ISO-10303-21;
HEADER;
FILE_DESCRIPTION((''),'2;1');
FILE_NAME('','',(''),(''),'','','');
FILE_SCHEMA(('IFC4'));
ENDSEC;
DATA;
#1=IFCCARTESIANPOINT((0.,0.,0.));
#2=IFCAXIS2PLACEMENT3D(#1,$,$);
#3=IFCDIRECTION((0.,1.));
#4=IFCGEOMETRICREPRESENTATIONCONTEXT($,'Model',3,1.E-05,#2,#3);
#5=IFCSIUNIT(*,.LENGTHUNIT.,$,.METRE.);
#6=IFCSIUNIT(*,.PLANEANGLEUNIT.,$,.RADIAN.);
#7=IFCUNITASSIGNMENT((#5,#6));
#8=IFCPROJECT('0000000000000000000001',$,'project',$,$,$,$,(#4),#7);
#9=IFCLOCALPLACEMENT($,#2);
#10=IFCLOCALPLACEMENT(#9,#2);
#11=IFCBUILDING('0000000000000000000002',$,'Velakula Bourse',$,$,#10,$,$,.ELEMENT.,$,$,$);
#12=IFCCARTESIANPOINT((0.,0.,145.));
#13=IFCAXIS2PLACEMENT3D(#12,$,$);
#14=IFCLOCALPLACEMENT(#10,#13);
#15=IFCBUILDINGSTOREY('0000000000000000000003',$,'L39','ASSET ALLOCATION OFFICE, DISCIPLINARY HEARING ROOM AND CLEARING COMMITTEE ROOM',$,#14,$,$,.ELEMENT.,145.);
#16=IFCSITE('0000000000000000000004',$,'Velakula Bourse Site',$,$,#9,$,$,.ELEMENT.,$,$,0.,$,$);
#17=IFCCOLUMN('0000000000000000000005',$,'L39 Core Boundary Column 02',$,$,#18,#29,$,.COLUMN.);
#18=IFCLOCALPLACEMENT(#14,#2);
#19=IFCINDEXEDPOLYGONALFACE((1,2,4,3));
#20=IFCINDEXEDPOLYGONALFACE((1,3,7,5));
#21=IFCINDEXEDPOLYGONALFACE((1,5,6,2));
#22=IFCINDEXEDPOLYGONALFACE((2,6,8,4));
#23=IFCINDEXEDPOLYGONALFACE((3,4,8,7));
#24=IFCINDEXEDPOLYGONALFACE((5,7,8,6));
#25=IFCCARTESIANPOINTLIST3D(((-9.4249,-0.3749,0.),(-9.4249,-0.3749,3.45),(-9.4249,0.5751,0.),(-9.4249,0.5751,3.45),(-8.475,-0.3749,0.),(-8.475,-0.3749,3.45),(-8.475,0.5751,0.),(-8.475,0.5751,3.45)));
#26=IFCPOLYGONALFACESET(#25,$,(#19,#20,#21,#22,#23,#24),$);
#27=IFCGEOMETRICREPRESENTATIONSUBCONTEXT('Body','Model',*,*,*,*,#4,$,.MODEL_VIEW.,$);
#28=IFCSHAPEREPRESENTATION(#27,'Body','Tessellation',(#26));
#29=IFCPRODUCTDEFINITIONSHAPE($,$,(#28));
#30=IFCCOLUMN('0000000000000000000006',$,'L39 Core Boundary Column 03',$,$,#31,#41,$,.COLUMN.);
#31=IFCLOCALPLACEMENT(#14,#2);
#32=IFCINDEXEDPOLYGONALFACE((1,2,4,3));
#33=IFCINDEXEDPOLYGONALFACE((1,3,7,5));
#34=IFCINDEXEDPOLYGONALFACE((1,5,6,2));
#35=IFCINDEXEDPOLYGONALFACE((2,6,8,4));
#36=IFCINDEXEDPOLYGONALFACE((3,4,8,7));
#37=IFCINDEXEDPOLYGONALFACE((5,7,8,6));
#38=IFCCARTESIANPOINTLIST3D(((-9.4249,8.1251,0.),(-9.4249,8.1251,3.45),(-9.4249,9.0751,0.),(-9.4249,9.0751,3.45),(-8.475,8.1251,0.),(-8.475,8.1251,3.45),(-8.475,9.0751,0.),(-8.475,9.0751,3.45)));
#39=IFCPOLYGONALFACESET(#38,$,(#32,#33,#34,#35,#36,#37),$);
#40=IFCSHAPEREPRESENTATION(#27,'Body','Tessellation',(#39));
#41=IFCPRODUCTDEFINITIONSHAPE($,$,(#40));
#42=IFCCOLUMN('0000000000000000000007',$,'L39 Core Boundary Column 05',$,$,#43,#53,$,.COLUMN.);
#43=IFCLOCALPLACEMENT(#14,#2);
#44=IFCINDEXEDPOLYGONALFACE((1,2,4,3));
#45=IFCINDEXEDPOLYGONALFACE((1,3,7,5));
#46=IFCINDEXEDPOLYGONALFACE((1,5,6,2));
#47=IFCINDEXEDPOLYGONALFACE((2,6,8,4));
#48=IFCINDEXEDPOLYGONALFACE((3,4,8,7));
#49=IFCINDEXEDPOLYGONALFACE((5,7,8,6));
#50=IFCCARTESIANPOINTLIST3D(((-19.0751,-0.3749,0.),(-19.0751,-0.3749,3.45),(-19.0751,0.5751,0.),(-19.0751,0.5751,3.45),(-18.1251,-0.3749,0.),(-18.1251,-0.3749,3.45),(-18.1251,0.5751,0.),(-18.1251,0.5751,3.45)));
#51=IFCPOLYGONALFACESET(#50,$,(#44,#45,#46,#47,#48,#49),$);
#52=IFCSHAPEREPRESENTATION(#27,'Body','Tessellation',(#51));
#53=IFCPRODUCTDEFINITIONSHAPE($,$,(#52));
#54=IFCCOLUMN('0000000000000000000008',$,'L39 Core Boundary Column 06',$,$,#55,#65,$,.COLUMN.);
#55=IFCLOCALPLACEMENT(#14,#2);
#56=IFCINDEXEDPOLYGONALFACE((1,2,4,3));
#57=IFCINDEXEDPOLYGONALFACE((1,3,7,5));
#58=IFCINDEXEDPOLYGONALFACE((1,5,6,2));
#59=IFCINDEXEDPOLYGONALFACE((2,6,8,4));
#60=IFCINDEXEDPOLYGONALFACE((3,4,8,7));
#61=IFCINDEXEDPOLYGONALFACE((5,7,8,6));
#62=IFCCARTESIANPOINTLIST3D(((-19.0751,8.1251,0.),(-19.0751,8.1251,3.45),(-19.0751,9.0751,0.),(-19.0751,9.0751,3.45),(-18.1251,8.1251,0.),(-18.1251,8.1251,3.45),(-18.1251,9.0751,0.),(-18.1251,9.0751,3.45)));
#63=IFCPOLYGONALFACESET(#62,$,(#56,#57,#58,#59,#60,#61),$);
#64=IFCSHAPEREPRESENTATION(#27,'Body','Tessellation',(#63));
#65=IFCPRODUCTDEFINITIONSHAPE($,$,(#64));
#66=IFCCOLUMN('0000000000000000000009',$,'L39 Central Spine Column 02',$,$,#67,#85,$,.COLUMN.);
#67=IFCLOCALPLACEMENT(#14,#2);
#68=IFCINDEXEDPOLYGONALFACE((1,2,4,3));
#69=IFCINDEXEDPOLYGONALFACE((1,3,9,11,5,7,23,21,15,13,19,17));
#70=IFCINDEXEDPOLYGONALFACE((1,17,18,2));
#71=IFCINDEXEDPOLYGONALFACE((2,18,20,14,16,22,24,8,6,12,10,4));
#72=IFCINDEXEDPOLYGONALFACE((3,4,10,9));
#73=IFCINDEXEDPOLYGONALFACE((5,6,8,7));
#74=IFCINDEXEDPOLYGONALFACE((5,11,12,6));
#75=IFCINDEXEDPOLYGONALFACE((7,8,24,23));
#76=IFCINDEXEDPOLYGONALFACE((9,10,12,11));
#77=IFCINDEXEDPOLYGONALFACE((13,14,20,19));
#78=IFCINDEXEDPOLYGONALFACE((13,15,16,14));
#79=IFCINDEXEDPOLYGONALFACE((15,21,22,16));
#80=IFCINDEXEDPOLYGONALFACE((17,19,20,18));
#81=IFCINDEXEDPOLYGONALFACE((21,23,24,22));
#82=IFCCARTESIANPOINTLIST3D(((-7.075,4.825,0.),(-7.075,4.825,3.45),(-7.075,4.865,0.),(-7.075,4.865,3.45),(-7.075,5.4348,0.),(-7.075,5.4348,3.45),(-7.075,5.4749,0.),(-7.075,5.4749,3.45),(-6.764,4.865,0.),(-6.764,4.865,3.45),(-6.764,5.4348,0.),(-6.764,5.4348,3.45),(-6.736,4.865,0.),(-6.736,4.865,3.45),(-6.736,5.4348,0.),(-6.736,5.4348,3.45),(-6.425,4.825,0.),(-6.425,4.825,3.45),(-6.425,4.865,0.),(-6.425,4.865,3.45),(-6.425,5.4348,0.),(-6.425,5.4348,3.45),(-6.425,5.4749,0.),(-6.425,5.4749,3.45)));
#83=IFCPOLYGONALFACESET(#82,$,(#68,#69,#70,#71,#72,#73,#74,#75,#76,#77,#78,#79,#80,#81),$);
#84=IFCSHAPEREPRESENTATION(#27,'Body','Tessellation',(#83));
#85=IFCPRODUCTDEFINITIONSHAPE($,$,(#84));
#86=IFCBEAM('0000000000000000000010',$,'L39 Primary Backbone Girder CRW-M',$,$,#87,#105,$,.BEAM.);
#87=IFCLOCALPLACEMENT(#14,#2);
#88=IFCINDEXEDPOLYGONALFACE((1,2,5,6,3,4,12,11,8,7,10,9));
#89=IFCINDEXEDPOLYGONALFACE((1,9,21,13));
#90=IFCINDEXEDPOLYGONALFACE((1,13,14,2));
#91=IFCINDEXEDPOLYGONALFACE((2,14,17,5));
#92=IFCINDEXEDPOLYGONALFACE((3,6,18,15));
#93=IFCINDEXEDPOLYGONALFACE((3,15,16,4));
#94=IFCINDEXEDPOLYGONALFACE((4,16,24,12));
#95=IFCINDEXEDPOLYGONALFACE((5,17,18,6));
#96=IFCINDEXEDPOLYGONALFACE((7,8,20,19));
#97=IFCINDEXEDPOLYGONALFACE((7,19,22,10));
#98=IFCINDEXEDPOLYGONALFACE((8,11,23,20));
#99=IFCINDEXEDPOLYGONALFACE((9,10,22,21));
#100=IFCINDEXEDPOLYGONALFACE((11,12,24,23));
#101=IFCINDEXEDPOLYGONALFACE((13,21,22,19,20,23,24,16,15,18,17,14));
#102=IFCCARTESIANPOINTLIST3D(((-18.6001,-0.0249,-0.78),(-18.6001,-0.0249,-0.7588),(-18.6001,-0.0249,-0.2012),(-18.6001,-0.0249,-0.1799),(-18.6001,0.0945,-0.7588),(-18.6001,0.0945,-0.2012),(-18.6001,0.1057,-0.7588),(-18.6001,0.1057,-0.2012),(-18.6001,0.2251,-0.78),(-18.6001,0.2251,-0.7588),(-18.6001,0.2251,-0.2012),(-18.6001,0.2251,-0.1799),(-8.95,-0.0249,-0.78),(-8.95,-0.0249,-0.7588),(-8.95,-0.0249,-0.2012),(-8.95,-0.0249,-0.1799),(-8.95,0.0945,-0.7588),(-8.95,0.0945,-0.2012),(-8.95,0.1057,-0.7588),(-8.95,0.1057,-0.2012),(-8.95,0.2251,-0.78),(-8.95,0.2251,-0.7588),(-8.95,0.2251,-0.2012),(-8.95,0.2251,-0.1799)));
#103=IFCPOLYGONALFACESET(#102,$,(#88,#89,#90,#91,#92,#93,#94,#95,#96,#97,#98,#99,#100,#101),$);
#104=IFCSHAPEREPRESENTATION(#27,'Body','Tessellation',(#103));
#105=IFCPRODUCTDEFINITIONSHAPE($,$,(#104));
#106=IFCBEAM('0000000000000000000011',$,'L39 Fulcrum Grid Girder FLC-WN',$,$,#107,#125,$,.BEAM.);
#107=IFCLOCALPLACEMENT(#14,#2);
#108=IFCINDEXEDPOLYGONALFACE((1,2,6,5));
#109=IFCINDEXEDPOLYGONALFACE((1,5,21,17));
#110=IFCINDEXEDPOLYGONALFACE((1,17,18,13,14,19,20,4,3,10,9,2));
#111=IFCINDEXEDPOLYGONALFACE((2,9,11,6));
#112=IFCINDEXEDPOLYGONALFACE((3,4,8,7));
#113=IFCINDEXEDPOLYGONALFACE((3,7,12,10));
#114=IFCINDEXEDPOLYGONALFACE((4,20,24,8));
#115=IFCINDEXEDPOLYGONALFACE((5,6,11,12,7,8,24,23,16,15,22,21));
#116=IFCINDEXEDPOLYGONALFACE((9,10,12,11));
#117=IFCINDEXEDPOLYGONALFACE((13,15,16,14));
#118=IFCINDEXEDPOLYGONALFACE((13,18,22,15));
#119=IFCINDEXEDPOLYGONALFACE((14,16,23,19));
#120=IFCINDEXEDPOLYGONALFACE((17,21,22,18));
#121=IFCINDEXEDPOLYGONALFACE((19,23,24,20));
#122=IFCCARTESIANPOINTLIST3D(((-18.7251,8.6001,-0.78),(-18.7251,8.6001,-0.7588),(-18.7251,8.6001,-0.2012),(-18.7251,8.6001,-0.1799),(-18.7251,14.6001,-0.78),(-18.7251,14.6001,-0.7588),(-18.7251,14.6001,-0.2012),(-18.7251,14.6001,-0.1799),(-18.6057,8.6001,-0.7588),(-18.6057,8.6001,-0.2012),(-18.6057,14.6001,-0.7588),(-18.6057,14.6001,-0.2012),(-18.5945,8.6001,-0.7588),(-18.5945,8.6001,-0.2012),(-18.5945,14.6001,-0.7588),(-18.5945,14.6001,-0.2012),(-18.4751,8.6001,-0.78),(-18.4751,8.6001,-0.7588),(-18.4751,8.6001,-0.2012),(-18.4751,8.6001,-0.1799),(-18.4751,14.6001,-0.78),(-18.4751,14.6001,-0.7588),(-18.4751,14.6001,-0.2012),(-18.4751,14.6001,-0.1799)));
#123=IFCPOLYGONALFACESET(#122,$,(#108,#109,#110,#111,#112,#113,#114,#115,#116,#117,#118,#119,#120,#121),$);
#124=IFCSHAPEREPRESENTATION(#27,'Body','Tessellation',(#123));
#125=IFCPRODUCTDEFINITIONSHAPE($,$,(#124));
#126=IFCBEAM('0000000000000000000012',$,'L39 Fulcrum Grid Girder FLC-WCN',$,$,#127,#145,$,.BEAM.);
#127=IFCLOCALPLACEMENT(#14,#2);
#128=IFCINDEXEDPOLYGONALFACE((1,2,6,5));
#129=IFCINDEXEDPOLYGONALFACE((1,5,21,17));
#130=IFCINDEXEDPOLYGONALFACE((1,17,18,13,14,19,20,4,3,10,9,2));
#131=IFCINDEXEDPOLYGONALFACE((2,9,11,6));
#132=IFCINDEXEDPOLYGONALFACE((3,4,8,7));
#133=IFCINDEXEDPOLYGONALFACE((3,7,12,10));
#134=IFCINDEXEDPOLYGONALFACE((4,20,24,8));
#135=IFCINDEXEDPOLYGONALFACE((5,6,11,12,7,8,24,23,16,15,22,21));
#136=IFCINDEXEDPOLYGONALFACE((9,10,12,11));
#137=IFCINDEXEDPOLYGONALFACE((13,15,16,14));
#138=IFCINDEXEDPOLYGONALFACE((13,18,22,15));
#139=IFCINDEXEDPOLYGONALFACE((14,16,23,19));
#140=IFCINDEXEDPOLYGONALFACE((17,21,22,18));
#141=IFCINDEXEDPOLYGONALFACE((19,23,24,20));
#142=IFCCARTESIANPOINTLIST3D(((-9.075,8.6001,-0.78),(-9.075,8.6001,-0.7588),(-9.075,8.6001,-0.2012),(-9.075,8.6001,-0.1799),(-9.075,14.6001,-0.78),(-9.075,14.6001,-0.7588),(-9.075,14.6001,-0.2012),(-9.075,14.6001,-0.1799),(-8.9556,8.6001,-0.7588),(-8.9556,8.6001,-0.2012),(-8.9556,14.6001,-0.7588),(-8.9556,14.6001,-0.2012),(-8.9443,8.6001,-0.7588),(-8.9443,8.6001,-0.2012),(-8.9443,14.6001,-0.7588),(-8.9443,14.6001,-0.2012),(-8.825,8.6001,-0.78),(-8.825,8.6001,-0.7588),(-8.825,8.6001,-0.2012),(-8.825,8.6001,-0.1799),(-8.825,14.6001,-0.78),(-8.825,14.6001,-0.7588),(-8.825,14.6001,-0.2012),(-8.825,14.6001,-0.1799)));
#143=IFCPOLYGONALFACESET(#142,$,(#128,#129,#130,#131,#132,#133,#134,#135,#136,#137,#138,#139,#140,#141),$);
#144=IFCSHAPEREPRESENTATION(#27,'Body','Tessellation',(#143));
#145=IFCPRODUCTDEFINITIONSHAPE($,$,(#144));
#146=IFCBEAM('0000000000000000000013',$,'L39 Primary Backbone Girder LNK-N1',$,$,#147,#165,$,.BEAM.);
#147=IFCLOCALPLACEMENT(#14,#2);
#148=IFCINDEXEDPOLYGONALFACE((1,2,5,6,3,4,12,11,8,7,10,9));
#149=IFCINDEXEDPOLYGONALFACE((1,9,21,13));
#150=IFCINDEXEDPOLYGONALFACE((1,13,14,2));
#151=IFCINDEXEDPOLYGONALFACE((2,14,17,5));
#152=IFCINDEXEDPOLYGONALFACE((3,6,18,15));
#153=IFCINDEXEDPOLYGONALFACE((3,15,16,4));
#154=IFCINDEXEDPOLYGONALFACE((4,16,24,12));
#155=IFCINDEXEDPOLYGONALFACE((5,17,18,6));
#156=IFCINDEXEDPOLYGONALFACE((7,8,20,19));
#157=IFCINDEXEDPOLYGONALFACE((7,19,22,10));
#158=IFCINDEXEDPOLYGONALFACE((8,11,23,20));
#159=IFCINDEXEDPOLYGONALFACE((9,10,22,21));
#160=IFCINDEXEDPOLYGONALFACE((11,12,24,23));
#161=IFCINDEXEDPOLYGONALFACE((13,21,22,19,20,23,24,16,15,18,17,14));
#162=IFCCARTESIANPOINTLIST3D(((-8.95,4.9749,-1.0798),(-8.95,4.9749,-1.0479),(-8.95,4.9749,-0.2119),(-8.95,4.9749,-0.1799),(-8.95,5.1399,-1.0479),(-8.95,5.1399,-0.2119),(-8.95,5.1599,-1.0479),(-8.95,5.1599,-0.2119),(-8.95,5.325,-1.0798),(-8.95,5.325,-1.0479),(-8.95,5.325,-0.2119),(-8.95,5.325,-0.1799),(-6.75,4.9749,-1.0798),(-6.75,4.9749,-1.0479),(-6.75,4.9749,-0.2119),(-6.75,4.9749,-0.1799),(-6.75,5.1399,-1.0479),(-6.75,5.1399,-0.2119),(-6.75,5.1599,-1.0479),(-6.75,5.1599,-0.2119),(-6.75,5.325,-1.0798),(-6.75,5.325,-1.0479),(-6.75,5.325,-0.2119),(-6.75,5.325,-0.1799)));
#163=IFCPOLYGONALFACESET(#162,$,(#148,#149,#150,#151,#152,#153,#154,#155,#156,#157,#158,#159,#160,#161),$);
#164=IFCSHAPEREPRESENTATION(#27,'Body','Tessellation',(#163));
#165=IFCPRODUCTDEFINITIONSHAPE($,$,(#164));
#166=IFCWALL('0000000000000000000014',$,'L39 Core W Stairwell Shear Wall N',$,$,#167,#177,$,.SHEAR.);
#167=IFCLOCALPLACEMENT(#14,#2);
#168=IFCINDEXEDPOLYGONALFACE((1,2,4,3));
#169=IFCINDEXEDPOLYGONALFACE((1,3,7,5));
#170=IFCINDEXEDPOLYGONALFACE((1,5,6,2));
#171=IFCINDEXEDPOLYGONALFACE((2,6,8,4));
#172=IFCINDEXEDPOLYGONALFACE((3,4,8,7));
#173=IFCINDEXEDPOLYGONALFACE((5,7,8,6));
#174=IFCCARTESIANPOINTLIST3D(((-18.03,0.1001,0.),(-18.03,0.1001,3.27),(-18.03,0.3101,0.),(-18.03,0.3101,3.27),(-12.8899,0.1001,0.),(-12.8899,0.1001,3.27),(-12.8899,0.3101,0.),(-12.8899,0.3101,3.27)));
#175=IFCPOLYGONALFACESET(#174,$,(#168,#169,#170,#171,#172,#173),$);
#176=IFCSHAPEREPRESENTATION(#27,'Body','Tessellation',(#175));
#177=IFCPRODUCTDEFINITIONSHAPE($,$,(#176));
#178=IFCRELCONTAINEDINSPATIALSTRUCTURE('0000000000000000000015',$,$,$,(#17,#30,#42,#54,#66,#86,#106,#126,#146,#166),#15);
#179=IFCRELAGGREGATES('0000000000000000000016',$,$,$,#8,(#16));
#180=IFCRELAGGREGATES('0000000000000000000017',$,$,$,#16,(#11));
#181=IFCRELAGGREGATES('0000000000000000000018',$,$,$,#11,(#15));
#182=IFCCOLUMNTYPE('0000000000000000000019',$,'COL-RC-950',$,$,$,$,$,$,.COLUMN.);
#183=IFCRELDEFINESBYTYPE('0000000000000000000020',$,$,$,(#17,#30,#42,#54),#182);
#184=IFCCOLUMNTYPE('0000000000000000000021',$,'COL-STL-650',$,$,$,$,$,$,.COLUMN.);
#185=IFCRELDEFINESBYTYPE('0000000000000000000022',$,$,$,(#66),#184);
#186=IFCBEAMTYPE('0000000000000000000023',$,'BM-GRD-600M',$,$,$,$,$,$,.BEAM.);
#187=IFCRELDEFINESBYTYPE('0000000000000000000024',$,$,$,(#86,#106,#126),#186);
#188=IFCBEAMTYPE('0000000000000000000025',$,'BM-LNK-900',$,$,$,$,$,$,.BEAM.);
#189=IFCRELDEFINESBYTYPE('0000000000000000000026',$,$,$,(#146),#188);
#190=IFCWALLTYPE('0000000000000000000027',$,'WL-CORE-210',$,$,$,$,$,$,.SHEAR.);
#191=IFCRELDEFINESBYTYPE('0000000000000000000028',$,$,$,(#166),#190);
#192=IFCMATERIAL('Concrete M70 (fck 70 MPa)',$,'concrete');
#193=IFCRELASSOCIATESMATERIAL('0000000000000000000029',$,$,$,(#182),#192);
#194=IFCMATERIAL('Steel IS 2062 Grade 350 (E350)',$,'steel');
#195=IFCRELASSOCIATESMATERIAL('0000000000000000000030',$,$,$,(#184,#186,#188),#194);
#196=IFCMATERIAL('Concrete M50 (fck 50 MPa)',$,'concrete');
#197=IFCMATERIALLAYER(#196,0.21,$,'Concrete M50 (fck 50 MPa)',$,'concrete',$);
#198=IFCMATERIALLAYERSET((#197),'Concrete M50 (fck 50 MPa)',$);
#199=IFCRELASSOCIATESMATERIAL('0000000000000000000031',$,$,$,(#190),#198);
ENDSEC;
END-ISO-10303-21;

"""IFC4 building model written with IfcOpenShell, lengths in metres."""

from ifc_helpers import new_model, si_unit, direction, frame, frame_2d, origin, origin_2d, place, context, subcontext, project, spatial, rectangle, i_section, extrude, material, layer, layer_set, material_profile, profile_set, type_object, element, save


model = new_model("IFC4")

# Units and contexts
model_context = context("Model", 3, precision=1e-05, world=origin(), true_north=direction((0.0, 1.0)))
body_context = subcontext(model_context, "Body", "Model", "MODEL_VIEW")
ifc_project = project(units=[si_unit("LENGTHUNIT", "METRE"), si_unit("PLANEANGLEUNIT", "RADIAN")], contexts=[model_context])

# Site, building, storey
site_placement = place(None, origin())
site = spatial("IfcSite", under=ifc_project, at=site_placement, Name="Velakula Bourse Site", CompositionType="ELEMENT", RefElevation=0.0)
building_placement = place(site_placement, origin())
building = spatial("IfcBuilding", under=site, at=building_placement, Name="Velakula Bourse", CompositionType="ELEMENT")
storey_placement = place(building_placement, frame((0.0, 0.0, 145.0)))
storey = spatial("IfcBuildingStorey", under=building, at=storey_placement, Name="L39", Description="ASSET ALLOCATION OFFICE, DISCIPLINARY HEARING ROOM AND CLEARING COMMITTEE ROOM", CompositionType="ELEMENT", Elevation=145.0)

# Columns
ifc_material_1 = material(Name="Concrete M70 (fck 70 MPa)", Category="concrete")
ifc_material_profile_1 = material_profile(ifc_material_1, rectangle(XDim=0.95, YDim=0.95, at=origin_2d()), Name="Concrete M70 (fck 70 MPa)")
ifc_profile_set_1 = profile_set([ifc_material_profile_1], Name="Concrete M70 (fck 70 MPa)")
column_type_1 = type_object("IfcColumnType", Name="COL-RC-950", PredefinedType="COLUMN", material=ifc_profile_set_1)
for number, where, z_axis, x_axis, name in (
    (1, (-8.95, 0.1001, 0.0), (0.0, 0.0, 1.0), (1.0, 0.0, 0.0), "L39 Core Boundary Column 02"),
    (2, (-8.95, 8.6001, 0.0), (0.0, 0.0, 1.0), (1.0, 0.0, 0.0), "L39 Core Boundary Column 03"),
    (3, (-18.6001, 0.1001, 0.0), (0.0, 0.0, 1.0), (1.0, 0.0, 0.0), "L39 Core Boundary Column 05"),
    (4, (-18.6001, 8.6001, 0.0), (0.0, 0.0, 1.0), (1.0, 0.0, 0.0), "L39 Core Boundary Column 06"),
):
    element("IfcColumn", number, at=place(storey_placement, frame(where, z_axis=z_axis, x_axis=x_axis)), inside=storey, type_object=column_type_1, Name=name, PredefinedType="COLUMN", context=body_context, shape_type="SweptSolid", body=[
        extrude(rectangle(XDim=0.95, YDim=0.95, at=origin_2d()), origin(), (0.0, 0.0, 1.0), 3.45),
    ])
ifc_material_2 = material(Name="Steel IS 2062 Grade 350 (E350)", Category="steel")
ifc_material_profile_2 = material_profile(ifc_material_2, i_section(OverallWidth=0.6499, OverallDepth=0.6499, WebThickness=0.0281, FlangeThickness=0.04, at=origin_2d()), Name="Steel IS 2062 Grade 350 (E350)")
ifc_profile_set_2 = profile_set([ifc_material_profile_2], Name="Steel IS 2062 Grade 350 (E350)")
column_type_2 = type_object("IfcColumnType", Name="COL-STL-650", PredefinedType="COLUMN", material=ifc_profile_set_2)
column_placement = place(storey_placement, frame((-6.75, 5.1499, 0.0), z_axis=(0.0, 0.0, 1.0), x_axis=(1.0, 0.0, 0.0)))
element("IfcColumn", 5, at=column_placement, inside=storey, type_object=column_type_2, Name="L39 Central Spine Column 02", PredefinedType="COLUMN", context=body_context, shape_type="SweptSolid", body=[
    extrude(i_section(OverallWidth=0.6499, OverallDepth=0.6499, WebThickness=0.0281, FlangeThickness=0.04, at=origin_2d()), origin(), (0.0, 0.0, 1.0), 3.45),
])

# Beams
ifc_material_profile_3 = material_profile(ifc_material_2, i_section(OverallWidth=0.25, OverallDepth=0.6001, WebThickness=0.0112, FlangeThickness=0.0212, at=origin_2d()), Name="Steel IS 2062 Grade 350 (E350)")
ifc_profile_set_3 = profile_set([ifc_material_profile_3], Name="Steel IS 2062 Grade 350 (E350)")
beam_type_1 = type_object("IfcBeamType", Name="BM-GRD-600M", PredefinedType="BEAM", material=ifc_profile_set_3)
beam_1_placement = place(storey_placement, frame((-18.6001, 0.1001, -0.48), z_axis=(1.0, 0.0, 0.0), x_axis=(0.0, 1.0, 0.0)))
element("IfcBeam", 6, at=beam_1_placement, inside=storey, type_object=beam_type_1, Name="L39 Primary Backbone Girder CRW-M", PredefinedType="BEAM", context=body_context, shape_type="SweptSolid", body=[
    extrude(i_section(OverallWidth=0.25, OverallDepth=0.6001, WebThickness=0.0112, FlangeThickness=0.0212, at=origin_2d()), origin(), (0.0, 0.0, 1.0), 9.6501),
])
for number, where, z_axis, x_axis, name in (
    (7, (-18.6001, 8.6001, -0.48), (0.0, 1.0, 0.0), (-1.0, 0.0, 0.0), "L39 Fulcrum Grid Girder FLC-WN"),
    (8, (-8.95, 8.6001, -0.48), (0.0, 1.0, 0.0), (-1.0, 0.0, 0.0), "L39 Fulcrum Grid Girder FLC-WCN"),
):
    element("IfcBeam", number, at=place(storey_placement, frame(where, z_axis=z_axis, x_axis=x_axis)), inside=storey, type_object=beam_type_1, Name=name, PredefinedType="BEAM", context=body_context, shape_type="SweptSolid", body=[
        extrude(i_section(OverallWidth=0.25, OverallDepth=0.6001, WebThickness=0.0112, FlangeThickness=0.0212, at=origin_2d()), origin(), (0.0, 0.0, 1.0), 6.0),
    ])
ifc_material_profile_4 = material_profile(ifc_material_2, i_section(OverallWidth=0.3501, OverallDepth=0.8999, WebThickness=0.02, FlangeThickness=0.032, at=origin_2d()), Name="Steel IS 2062 Grade 350 (E350)")
ifc_profile_set_4 = profile_set([ifc_material_profile_4], Name="Steel IS 2062 Grade 350 (E350)")
beam_type_2 = type_object("IfcBeamType", Name="BM-LNK-900", PredefinedType="BEAM", material=ifc_profile_set_4)
beam_2_placement = place(storey_placement, frame((-8.95, 5.1499, -0.6299), z_axis=(1.0, 0.0, 0.0), x_axis=(0.0, 1.0, 0.0)))
element("IfcBeam", 9, at=beam_2_placement, inside=storey, type_object=beam_type_2, Name="L39 Primary Backbone Girder LNK-N1", PredefinedType="BEAM", context=body_context, shape_type="SweptSolid", body=[
    extrude(i_section(OverallWidth=0.3501, OverallDepth=0.8999, WebThickness=0.02, FlangeThickness=0.032, at=origin_2d()), origin(), (0.0, 0.0, 1.0), 2.2),
])

# Wall
ifc_material_3 = material(Name="Concrete M50 (fck 50 MPa)", Category="concrete")
ifc_layer_1 = layer(ifc_material_3, 0.21, Name="Concrete M50 (fck 50 MPa)", Category="concrete")
ifc_layer_set_1 = layer_set([ifc_layer_1], Name="Concrete M50 (fck 50 MPa)")
wall_type_1 = type_object("IfcWallType", Name="WL-CORE-210", PredefinedType="SHEAR", material=ifc_layer_set_1)
wall_1_placement = place(storey_placement, frame((-12.8899, 0.2051, 0.0), z_axis=(0.0, 0.0, 1.0), x_axis=(-1.0, 0.0, 0.0)))
element("IfcWall", 10, at=wall_1_placement, inside=storey, type_object=wall_type_1, Name="L39 Core W Stairwell Shear Wall N", PredefinedType="SHEAR", context=body_context, shape_type="SweptSolid", body=[
    extrude(rectangle(XDim=5.1401, YDim=0.21, at=frame_2d((2.5701, 0.0))), origin(), (0.0, 0.0, 1.0), 3.27),
])

save(model, "model.ifc")
